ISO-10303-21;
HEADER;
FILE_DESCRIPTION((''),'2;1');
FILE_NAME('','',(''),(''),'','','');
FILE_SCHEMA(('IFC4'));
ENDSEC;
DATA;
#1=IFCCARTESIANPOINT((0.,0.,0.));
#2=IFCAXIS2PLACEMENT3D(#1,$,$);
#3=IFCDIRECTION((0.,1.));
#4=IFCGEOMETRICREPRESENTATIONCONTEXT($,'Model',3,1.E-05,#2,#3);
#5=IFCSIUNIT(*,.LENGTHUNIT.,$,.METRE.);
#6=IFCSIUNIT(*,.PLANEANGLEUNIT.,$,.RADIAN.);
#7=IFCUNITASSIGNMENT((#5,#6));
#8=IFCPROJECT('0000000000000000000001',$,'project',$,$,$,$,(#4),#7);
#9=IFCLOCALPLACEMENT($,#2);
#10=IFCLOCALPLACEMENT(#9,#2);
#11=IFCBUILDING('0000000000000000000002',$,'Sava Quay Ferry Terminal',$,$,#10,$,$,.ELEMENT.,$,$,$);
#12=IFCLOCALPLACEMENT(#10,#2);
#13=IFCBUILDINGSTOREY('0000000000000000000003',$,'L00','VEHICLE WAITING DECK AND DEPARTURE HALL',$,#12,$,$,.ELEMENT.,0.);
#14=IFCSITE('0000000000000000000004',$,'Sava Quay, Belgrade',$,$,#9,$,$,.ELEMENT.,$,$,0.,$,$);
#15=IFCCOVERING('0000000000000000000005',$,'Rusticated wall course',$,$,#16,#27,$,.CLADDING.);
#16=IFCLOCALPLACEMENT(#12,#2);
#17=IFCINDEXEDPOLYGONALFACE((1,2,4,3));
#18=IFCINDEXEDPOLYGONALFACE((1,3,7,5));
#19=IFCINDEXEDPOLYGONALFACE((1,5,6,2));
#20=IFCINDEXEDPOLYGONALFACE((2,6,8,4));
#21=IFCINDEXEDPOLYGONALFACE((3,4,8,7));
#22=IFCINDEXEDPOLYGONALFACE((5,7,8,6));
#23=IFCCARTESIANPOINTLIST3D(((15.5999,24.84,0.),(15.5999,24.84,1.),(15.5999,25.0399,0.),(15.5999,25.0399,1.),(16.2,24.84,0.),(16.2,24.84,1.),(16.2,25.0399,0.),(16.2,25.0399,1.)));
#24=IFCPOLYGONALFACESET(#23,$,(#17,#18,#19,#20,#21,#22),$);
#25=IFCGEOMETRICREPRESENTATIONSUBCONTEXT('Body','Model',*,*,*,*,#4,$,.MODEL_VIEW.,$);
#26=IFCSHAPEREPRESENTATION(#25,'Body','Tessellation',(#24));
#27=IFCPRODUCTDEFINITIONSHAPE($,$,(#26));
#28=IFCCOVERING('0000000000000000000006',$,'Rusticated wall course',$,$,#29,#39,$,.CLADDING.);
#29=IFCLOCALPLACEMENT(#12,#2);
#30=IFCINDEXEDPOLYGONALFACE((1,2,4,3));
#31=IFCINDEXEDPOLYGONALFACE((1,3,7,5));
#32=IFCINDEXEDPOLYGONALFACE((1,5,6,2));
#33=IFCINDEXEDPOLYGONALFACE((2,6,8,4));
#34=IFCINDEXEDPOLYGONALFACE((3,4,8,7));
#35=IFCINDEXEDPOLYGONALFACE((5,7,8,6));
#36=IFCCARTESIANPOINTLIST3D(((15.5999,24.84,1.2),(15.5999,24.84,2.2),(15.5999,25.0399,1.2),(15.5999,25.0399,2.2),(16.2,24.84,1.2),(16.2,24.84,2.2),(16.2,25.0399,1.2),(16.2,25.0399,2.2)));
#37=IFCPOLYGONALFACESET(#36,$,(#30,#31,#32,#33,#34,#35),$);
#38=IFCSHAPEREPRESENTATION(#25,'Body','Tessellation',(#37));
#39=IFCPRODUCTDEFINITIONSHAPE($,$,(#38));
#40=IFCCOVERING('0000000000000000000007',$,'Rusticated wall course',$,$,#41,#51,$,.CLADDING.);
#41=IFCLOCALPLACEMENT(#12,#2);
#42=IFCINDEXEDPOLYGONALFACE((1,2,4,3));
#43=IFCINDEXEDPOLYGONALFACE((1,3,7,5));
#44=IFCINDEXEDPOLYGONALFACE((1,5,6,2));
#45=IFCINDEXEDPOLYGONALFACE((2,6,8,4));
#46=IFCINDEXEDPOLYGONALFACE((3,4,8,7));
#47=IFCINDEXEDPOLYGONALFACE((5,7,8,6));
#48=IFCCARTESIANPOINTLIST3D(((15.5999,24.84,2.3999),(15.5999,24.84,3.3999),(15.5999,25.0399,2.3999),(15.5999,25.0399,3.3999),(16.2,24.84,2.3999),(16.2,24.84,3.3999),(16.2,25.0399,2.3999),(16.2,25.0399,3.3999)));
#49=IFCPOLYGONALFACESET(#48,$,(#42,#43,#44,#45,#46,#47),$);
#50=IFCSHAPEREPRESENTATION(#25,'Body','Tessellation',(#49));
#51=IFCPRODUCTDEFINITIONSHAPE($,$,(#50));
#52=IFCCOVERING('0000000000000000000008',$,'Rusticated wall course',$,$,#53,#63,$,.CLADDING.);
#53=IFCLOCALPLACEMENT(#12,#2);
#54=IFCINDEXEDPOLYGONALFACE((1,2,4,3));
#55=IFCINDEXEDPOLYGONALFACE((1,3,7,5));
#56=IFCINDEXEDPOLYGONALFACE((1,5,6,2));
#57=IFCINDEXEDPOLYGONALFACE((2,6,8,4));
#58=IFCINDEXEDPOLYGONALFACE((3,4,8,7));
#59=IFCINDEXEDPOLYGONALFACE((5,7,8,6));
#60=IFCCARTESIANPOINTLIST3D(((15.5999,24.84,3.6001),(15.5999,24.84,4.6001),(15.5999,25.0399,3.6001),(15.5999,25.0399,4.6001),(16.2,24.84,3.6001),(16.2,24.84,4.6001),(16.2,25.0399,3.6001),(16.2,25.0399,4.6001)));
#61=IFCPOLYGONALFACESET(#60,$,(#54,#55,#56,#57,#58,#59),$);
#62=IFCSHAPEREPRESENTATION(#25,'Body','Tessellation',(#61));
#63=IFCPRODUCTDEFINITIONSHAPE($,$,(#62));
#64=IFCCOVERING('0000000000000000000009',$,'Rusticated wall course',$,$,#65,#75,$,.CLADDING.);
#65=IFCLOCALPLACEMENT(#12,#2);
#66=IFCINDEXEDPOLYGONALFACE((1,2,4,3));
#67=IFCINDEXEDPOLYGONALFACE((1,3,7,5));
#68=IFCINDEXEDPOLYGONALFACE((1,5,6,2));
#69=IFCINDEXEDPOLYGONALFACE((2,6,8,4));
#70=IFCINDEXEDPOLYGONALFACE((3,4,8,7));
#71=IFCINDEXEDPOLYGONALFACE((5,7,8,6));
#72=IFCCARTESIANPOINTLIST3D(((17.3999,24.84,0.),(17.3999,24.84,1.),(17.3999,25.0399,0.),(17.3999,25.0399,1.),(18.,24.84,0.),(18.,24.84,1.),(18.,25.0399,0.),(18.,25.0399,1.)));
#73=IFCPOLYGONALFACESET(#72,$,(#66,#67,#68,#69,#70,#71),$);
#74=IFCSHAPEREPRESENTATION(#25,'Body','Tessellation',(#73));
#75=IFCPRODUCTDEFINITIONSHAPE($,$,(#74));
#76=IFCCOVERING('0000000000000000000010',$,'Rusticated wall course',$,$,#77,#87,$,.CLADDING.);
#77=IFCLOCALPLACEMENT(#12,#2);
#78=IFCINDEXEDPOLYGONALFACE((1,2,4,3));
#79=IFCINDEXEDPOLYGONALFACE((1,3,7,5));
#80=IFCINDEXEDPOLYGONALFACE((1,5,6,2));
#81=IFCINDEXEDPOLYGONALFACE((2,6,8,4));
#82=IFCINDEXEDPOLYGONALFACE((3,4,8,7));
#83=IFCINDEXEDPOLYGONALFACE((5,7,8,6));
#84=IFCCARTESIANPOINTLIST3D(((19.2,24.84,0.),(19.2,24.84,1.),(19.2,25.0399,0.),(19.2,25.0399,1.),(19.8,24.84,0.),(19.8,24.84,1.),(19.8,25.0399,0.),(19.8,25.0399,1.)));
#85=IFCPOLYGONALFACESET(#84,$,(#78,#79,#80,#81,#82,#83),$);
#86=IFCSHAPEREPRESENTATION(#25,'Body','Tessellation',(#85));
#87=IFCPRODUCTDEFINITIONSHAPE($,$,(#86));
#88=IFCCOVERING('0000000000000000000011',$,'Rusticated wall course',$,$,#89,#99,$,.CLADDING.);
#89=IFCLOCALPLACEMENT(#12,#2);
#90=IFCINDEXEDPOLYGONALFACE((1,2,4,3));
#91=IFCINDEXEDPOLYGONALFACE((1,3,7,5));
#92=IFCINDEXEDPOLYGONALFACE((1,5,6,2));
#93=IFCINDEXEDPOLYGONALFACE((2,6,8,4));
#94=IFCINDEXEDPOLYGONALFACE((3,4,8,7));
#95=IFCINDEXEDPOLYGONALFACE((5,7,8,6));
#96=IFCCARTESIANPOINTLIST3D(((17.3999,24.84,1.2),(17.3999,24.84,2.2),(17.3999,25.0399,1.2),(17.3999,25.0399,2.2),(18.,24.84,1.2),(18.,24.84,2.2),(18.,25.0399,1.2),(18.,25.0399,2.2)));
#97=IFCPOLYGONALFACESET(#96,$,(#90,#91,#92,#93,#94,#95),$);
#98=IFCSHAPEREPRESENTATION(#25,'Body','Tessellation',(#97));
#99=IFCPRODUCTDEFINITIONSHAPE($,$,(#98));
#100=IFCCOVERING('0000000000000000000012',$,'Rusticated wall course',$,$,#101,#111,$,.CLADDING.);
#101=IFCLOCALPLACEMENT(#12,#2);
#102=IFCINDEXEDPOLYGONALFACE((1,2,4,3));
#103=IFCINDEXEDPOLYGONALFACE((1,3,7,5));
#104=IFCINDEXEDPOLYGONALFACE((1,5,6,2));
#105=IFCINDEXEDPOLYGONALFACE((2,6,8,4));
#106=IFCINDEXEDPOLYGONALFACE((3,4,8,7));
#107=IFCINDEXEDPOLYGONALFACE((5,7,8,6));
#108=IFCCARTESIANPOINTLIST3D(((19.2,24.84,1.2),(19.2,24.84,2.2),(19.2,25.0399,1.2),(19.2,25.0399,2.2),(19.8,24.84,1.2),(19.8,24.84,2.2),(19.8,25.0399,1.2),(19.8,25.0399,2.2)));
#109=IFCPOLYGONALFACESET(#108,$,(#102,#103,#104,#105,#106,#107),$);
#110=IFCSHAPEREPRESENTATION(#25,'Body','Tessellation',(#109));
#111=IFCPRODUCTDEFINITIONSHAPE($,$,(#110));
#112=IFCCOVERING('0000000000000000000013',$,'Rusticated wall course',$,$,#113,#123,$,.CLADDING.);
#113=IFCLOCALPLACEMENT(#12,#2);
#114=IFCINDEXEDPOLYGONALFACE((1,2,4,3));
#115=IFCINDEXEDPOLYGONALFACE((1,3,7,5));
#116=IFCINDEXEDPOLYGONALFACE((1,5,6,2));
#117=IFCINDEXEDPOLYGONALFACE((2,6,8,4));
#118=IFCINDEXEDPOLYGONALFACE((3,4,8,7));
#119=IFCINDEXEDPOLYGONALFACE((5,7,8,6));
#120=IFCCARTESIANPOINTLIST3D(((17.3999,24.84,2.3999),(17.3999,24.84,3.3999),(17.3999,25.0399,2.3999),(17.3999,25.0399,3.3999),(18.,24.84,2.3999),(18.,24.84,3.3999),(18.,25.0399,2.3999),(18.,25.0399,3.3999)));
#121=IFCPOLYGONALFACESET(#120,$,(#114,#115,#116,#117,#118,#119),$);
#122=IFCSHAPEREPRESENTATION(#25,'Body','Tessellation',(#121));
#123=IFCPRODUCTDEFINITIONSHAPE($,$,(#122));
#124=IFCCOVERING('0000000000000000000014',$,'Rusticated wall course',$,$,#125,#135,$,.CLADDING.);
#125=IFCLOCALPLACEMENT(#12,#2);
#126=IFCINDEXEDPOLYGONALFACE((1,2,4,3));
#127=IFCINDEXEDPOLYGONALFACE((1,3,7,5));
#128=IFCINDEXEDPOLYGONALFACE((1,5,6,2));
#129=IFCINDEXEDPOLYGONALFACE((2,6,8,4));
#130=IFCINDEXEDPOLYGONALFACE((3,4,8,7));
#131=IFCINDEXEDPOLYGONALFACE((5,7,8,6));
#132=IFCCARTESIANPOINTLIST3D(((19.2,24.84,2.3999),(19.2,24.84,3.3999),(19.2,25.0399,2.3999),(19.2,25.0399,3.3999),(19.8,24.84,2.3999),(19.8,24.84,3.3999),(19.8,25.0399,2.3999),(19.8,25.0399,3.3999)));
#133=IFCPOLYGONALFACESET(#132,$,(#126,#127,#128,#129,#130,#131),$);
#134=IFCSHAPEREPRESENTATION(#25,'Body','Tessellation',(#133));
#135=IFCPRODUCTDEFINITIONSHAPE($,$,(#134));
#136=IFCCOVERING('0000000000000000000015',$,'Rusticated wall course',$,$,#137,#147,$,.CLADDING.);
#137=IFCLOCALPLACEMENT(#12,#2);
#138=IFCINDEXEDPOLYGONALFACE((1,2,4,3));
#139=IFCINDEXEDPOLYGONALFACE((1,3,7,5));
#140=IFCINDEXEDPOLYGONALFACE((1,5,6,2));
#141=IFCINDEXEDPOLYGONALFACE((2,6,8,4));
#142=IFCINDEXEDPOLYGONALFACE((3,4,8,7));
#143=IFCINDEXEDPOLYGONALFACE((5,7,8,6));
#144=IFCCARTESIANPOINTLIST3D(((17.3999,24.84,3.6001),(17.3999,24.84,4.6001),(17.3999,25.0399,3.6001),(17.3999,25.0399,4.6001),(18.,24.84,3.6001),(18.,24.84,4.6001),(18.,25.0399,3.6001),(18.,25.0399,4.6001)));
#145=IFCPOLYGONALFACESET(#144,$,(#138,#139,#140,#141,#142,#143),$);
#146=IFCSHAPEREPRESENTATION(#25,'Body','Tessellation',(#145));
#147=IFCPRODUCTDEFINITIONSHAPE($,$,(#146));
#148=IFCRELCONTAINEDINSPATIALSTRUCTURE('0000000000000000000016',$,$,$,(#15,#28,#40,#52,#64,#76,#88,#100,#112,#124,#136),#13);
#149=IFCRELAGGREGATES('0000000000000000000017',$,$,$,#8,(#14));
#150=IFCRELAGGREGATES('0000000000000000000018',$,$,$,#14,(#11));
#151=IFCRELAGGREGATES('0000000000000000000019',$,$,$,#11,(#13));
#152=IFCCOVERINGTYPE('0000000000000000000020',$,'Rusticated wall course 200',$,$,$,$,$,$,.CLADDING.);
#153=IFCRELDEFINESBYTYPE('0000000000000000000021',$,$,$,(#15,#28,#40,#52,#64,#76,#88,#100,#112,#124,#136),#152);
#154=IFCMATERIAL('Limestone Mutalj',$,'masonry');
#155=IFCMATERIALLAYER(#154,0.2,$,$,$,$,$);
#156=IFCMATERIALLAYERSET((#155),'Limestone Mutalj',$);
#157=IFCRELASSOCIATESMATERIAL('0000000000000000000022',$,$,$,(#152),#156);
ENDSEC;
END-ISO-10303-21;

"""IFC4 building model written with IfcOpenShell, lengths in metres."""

from ifc_helpers import new_model, si_unit, direction, frame, origin, origin_2d, place, context, subcontext, project, spatial, rectangle, extrude, material, layer, layer_set, type_object, element, save


model = new_model("IFC4")

# Units and contexts
model_context = context("Model", 3, precision=1e-05, world=origin(), true_north=direction((0.0, 1.0)))
body_context = subcontext(model_context, "Body", "Model", "MODEL_VIEW")
ifc_project = project(units=[si_unit("LENGTHUNIT", "METRE"), si_unit("PLANEANGLEUNIT", "RADIAN")], contexts=[model_context])

# Site, building, storey
site_placement = place(None, origin())
site = spatial("IfcSite", under=ifc_project, at=site_placement, Name="Sava Quay, Belgrade", CompositionType="ELEMENT", RefElevation=0.0)
building_placement = place(site_placement, origin())
building = spatial("IfcBuilding", under=site, at=building_placement, Name="Sava Quay Ferry Terminal", CompositionType="ELEMENT")
storey_placement = place(building_placement, origin())
storey = spatial("IfcBuildingStorey", under=building, at=storey_placement, Name="L00", Description="VEHICLE WAITING DECK AND DEPARTURE HALL", CompositionType="ELEMENT", Elevation=0.0)

# Coverings
ifc_material_1 = material(Name="Limestone Mutalj", Category="masonry")
ifc_layer_1 = layer(ifc_material_1, 0.2)
ifc_layer_set_1 = layer_set([ifc_layer_1], Name="Limestone Mutalj")
covering_type_1 = type_object("IfcCoveringType", Name="Rusticated wall course 200", PredefinedType="CLADDING", material=ifc_layer_set_1)
for number, where, z_axis, x_axis, name in (
    (1, (15.8999, 24.9399, 0.0), (0.0, 0.0, 1.0), (1.0, 0.0, 0.0), "Rusticated wall course"),
    (2, (15.8999, 24.9399, 1.2), (0.0, 0.0, 1.0), (1.0, 0.0, 0.0), "Rusticated wall course"),
    (3, (15.8999, 24.9399, 2.3999), (0.0, 0.0, 1.0), (1.0, 0.0, 0.0), "Rusticated wall course"),
    (4, (15.8999, 24.9399, 3.6001), (0.0, 0.0, 1.0), (1.0, 0.0, 0.0), "Rusticated wall course"),
    (5, (17.7, 24.9399, 0.0), (0.0, 0.0, 1.0), (1.0, 0.0, 0.0), "Rusticated wall course"),
    (6, (19.5, 24.9399, 0.0), (0.0, 0.0, 1.0), (1.0, 0.0, 0.0), "Rusticated wall course"),
    (7, (17.7, 24.9399, 1.2), (0.0, 0.0, 1.0), (1.0, 0.0, 0.0), "Rusticated wall course"),
    (8, (19.5, 24.9399, 1.2), (0.0, 0.0, 1.0), (1.0, 0.0, 0.0), "Rusticated wall course"),
    (9, (17.7, 24.9399, 2.3999), (0.0, 0.0, 1.0), (1.0, 0.0, 0.0), "Rusticated wall course"),
    (10, (19.5, 24.9399, 2.3999), (0.0, 0.0, 1.0), (1.0, 0.0, 0.0), "Rusticated wall course"),
    (11, (17.7, 24.9399, 3.6001), (0.0, 0.0, 1.0), (1.0, 0.0, 0.0), "Rusticated wall course"),
):
    element("IfcCovering", number, at=place(storey_placement, frame(where, z_axis=z_axis, x_axis=x_axis)), inside=storey, type_object=covering_type_1, Name=name, PredefinedType="CLADDING", context=body_context, shape_type="SweptSolid", body=[
        extrude(rectangle(XDim=0.6001, YDim=0.2, at=origin_2d()), origin(), (0.0, 0.0, 1.0), 1.0),
    ])

save(model, "model.ifc")
